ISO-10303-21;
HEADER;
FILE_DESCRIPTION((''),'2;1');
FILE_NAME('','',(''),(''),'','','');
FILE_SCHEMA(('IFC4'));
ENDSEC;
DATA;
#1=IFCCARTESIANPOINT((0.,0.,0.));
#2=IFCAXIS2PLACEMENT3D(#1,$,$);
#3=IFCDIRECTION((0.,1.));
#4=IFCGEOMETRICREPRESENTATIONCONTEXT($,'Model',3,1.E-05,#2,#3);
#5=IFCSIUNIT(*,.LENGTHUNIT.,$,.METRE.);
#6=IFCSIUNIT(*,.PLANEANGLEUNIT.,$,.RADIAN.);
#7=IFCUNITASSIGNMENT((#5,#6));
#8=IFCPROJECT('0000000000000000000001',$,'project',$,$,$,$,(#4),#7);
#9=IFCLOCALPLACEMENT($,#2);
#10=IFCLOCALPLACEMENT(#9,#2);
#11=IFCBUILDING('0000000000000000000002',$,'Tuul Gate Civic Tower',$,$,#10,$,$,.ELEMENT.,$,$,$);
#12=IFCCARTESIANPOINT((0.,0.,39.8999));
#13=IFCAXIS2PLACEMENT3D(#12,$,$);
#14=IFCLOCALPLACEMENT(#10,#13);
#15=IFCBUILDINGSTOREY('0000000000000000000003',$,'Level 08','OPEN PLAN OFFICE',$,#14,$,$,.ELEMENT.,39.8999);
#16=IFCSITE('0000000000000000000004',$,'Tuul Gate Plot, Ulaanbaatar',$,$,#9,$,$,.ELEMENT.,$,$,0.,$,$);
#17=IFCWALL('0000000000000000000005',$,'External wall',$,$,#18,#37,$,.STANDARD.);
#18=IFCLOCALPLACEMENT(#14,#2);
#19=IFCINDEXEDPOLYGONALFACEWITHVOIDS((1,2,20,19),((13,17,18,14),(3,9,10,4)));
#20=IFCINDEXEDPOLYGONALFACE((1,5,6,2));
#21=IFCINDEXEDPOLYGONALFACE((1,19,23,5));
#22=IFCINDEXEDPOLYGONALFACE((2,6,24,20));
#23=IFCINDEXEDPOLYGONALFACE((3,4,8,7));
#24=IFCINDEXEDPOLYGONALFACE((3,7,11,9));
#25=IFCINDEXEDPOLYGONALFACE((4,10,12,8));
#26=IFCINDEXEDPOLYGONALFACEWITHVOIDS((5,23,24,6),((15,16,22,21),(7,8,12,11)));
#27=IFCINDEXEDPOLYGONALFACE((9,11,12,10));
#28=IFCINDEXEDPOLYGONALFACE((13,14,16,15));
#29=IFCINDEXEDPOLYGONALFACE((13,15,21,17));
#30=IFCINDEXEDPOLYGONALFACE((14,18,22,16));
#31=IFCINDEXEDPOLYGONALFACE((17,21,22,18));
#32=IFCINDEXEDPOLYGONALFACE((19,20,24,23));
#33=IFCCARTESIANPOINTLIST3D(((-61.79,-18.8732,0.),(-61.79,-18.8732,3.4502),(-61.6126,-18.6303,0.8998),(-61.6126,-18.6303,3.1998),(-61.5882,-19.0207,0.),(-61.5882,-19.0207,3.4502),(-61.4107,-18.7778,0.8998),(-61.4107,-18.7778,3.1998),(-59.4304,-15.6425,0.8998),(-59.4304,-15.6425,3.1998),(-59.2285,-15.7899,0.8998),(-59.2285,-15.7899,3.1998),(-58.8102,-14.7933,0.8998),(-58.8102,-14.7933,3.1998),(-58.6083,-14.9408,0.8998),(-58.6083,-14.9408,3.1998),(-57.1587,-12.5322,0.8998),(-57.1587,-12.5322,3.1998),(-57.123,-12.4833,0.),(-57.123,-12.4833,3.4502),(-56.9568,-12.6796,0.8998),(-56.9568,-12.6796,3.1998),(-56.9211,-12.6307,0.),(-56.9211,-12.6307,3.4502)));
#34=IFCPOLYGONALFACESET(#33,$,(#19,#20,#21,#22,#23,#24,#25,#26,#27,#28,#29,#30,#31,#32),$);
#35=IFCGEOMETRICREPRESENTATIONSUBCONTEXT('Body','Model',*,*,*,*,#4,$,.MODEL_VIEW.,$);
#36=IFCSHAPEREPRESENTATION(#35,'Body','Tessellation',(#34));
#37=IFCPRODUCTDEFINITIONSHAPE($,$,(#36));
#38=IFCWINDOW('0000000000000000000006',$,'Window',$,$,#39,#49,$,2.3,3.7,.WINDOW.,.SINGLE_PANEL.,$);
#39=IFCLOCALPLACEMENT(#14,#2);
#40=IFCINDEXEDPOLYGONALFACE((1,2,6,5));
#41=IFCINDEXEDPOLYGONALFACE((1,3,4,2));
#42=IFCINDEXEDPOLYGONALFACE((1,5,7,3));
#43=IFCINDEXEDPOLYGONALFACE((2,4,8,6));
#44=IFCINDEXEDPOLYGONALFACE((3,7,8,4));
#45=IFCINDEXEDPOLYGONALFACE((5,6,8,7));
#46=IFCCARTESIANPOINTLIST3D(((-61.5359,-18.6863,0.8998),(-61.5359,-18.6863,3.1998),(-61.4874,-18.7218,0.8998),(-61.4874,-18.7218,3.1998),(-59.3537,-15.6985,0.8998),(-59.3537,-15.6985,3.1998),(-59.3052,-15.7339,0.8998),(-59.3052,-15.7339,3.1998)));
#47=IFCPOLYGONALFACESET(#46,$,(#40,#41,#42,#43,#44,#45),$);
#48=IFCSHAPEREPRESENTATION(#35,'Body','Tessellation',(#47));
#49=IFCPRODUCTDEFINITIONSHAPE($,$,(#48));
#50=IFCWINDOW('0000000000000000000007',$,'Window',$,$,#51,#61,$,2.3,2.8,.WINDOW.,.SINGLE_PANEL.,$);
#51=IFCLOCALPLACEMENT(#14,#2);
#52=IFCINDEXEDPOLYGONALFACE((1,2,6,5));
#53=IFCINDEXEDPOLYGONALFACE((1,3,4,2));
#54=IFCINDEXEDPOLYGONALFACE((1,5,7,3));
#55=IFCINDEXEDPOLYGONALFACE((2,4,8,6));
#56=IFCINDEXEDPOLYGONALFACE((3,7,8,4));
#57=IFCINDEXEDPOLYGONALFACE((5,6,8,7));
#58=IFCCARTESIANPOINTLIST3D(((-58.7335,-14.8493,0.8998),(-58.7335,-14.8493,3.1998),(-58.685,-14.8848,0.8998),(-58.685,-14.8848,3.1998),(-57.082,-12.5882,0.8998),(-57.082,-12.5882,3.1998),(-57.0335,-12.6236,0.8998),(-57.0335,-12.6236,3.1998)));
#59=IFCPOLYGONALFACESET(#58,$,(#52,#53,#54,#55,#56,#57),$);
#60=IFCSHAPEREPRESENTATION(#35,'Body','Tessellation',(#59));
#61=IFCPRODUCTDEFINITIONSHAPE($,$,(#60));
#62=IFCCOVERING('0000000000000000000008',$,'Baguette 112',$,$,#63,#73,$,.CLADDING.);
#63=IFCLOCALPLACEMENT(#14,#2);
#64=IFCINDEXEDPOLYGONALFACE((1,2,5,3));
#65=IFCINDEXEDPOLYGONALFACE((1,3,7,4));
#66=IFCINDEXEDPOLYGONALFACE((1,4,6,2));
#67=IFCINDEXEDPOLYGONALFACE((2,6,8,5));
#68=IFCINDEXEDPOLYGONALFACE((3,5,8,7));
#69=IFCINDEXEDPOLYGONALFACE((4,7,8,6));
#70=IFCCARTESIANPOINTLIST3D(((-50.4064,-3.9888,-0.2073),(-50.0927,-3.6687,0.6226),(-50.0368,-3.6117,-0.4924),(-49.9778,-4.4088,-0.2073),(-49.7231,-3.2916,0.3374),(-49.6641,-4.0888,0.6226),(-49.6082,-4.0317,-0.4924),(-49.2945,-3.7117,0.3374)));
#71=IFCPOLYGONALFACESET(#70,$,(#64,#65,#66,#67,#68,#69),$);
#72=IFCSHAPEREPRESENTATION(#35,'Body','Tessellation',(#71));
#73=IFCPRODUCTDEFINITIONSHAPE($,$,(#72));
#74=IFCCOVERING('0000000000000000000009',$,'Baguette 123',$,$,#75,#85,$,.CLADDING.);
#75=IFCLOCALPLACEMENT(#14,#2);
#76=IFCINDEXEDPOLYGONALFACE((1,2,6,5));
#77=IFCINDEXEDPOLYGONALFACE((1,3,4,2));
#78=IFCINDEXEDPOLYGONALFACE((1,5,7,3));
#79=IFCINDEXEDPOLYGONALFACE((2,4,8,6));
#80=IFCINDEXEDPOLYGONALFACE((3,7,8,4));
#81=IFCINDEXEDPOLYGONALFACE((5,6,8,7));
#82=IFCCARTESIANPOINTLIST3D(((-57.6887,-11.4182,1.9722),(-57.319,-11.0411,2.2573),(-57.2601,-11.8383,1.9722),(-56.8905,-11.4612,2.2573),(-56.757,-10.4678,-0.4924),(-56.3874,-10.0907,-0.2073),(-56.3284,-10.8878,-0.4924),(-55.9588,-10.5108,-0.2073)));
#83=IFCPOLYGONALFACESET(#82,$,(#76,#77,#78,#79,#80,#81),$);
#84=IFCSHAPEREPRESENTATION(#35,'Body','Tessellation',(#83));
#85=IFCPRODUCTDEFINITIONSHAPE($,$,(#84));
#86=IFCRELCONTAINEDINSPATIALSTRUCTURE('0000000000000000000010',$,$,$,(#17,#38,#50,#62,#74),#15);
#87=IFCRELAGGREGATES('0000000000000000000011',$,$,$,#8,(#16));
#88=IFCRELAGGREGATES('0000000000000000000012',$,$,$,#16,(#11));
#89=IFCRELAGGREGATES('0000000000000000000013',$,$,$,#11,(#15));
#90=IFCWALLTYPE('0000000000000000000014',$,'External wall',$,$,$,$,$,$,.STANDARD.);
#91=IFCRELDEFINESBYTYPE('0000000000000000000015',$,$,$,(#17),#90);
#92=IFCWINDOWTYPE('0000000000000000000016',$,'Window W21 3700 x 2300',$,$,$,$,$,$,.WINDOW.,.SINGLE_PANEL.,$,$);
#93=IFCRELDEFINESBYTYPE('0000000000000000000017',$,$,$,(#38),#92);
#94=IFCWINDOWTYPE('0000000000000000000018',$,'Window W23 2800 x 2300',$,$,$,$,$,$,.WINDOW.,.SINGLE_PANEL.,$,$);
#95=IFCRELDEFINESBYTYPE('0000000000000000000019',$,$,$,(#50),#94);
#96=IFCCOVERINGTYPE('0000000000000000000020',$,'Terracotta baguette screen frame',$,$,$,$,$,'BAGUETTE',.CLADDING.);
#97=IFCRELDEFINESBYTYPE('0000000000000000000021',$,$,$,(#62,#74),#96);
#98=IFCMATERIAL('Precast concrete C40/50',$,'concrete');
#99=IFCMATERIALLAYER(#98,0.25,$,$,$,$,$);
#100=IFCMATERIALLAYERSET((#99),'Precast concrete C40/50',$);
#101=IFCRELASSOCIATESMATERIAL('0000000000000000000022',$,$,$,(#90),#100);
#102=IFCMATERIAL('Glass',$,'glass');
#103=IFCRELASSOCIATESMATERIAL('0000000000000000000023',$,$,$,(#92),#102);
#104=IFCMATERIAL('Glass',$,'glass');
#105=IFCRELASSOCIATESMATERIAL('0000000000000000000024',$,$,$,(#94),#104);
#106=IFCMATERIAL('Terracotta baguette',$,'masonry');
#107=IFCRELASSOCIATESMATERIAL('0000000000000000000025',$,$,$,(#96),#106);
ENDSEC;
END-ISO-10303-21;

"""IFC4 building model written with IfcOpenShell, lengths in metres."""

from ifc_helpers import new_model, si_unit, direction, frame, frame_2d, origin, origin_2d, place, context, subcontext, project, spatial, rectangle, extrude, material, layer, layer_set, material_profile, profile_set, type_object, element, fill, save


model = new_model("IFC4")

# Units and contexts
model_context = context("Model", 3, precision=1e-05, world=origin(), true_north=direction((0.0, 1.0)))
body_context = subcontext(model_context, "Body", "Model", "MODEL_VIEW")
ifc_project = project(units=[si_unit("LENGTHUNIT", "METRE"), si_unit("PLANEANGLEUNIT", "RADIAN")], contexts=[model_context])

# Site, building, storey
site_placement = place(None, origin())
site = spatial("IfcSite", under=ifc_project, at=site_placement, Name="Tuul Gate Plot, Ulaanbaatar", CompositionType="ELEMENT", RefElevation=0.0)
building_placement = place(site_placement, origin())
building = spatial("IfcBuilding", under=site, at=building_placement, Name="Tuul Gate Civic Tower", CompositionType="ELEMENT")
storey_placement = place(building_placement, frame((0.0, 0.0, 39.8999)))
storey = spatial("IfcBuildingStorey", under=building, at=storey_placement, Name="Level 08", Description="OPEN PLAN OFFICE", CompositionType="ELEMENT", Elevation=39.8999)

# Wall, openings, windows
ifc_material_1 = material(Name="Precast concrete C40/50", Category="concrete")
ifc_layer_1 = layer(ifc_material_1, 0.25)
ifc_layer_set_1 = layer_set([ifc_layer_1], Name="Precast concrete C40/50")
wall_type_1 = type_object("IfcWallType", Name="External wall", PredefinedType="STANDARD", material=ifc_layer_set_1)
wall_1_placement = place(storey_placement, frame((-57.022, -12.5569, 0.0), z_axis=(0.0, 0.0, 1.0), x_axis=(-0.589807, -0.807544, 0.0)))
wall_1 = element("IfcWall", 1, at=wall_1_placement, inside=storey, type_object=wall_type_1, Name="External wall", PredefinedType="STANDARD", context=body_context, shape_type="SweptSolid", body=[
    extrude(rectangle(XDim=7.9128, YDim=0.25, at=frame_2d((3.9565, 0.0))), origin(), (0.0, 0.0, 1.0), 3.4502),
])
opening_1_placement = place(wall_1_placement, frame((0.0608, 0.0, 0.8999)))
opening_1 = element("IfcOpeningElement", 2, at=opening_1_placement, cuts=wall_1, PredefinedType="OPENING", context=body_context, shape_type="SweptSolid", body=[
    extrude(rectangle(XDim=2.8, YDim=2.3, at=frame_2d((1.3999, 1.1499))), frame((0.0, 0.135, 0.0), z_axis=(0.0, -1.0, 0.0), x_axis=(1.0, 0.0, 0.0)), (0.0, 0.0, 1.0), 0.27),
])
opening_2_placement = place(wall_1_placement, frame((3.9121, 0.0, 0.8999)))
opening_2 = element("IfcOpeningElement", 3, at=opening_2_placement, cuts=wall_1, PredefinedType="OPENING", context=body_context, shape_type="SweptSolid", body=[
    extrude(rectangle(XDim=3.7, YDim=2.3, at=frame_2d((1.8501, 1.1499))), frame((0.0, 0.135, 0.0), z_axis=(0.0, -1.0, 0.0), x_axis=(1.0, 0.0, 0.0)), (0.0, 0.0, 1.0), 0.27),
])
ifc_material_2 = material(Name="Glass", Category="glass")
window_type_1 = type_object("IfcWindowType", Name="Window W21 3700 x 2300", PartitioningType="SINGLE_PANEL", PredefinedType="WINDOW", material=ifc_material_2)
window_1_placement = place(opening_2_placement, origin())
window_1 = element("IfcWindow", 4, at=window_1_placement, inside=storey, type_object=window_type_1, Name="Window", OverallHeight=2.3, OverallWidth=3.7, PartitioningType="SINGLE_PANEL", PredefinedType="WINDOW", context=body_context, shape_type="SweptSolid", body=[
    extrude(rectangle(XDim=3.7, YDim=2.3, at=frame_2d((1.8501, 1.1499))), frame((0.0, 0.03, 0.0), z_axis=(0.0, -1.0, 0.0), x_axis=(1.0, 0.0, 0.0)), (0.0, 0.0, 1.0), 0.0601),
])
fill(opening_2, window_1)
ifc_material_3 = material(Name="Glass", Category="glass")
window_type_2 = type_object("IfcWindowType", Name="Window W23 2800 x 2300", PartitioningType="SINGLE_PANEL", PredefinedType="WINDOW", material=ifc_material_3)
window_2_placement = place(opening_1_placement, origin())
window_2 = element("IfcWindow", 5, at=window_2_placement, inside=storey, type_object=window_type_2, Name="Window", OverallHeight=2.3, OverallWidth=2.8, PartitioningType="SINGLE_PANEL", PredefinedType="WINDOW", context=body_context, shape_type="SweptSolid", body=[
    extrude(rectangle(XDim=2.8, YDim=2.3, at=frame_2d((1.3999, 1.1499))), frame((0.0, 0.03, 0.0), z_axis=(0.0, -1.0, 0.0), x_axis=(1.0, 0.0, 0.0)), (0.0, 0.0, 1.0), 0.0601),
])
fill(opening_1, window_2)

# Coverings
ifc_material_4 = material(Name="Terracotta baguette", Category="masonry")
ifc_material_profile_1 = material_profile(ifc_material_4, rectangle(XDim=0.6001, YDim=0.6001, at=origin_2d()), Name="Terracotta baguette screen frame")
ifc_profile_set_1 = profile_set([ifc_material_profile_1], Name="Terracotta baguette")
covering_type = type_object("IfcCoveringType", Name="Terracotta baguette screen frame", ElementType="BAGUETTE", PredefinedType="CLADDING", material=ifc_profile_set_1)
covering_1_placement = place(storey_placement, frame((-49.6936, -3.6902, 0.48), z_axis=(-0.332639, -0.339369, -0.879875), x_axis=(0.714153, -0.69999, 0.0)))
element("IfcCovering", 6, at=covering_1_placement, inside=storey, type_object=covering_type, Name="Baguette 112", PredefinedType="CLADDING", context=body_context, shape_type="SweptSolid", body=[
    extrude(rectangle(XDim=0.6001, YDim=0.6001, at=origin_2d()), origin(), (0.0, 0.0, 1.0), 0.9431),
])
covering_2_placement = place(storey_placement, frame((-56.3579, -10.4893, -0.3499), z_axis=(-0.332611, -0.339323, 0.879903), x_axis=(0.714134, -0.700009, 0.0)))
element("IfcCovering", 7, at=covering_2_placement, inside=storey, type_object=covering_type, Name="Baguette 123", PredefinedType="CLADDING", context=body_context, shape_type="SweptSolid", body=[
    extrude(rectangle(XDim=0.6001, YDim=0.6001, at=origin_2d()), origin(), (0.0, 0.0, 1.0), 2.801),
])

save(model, "model.ifc")
